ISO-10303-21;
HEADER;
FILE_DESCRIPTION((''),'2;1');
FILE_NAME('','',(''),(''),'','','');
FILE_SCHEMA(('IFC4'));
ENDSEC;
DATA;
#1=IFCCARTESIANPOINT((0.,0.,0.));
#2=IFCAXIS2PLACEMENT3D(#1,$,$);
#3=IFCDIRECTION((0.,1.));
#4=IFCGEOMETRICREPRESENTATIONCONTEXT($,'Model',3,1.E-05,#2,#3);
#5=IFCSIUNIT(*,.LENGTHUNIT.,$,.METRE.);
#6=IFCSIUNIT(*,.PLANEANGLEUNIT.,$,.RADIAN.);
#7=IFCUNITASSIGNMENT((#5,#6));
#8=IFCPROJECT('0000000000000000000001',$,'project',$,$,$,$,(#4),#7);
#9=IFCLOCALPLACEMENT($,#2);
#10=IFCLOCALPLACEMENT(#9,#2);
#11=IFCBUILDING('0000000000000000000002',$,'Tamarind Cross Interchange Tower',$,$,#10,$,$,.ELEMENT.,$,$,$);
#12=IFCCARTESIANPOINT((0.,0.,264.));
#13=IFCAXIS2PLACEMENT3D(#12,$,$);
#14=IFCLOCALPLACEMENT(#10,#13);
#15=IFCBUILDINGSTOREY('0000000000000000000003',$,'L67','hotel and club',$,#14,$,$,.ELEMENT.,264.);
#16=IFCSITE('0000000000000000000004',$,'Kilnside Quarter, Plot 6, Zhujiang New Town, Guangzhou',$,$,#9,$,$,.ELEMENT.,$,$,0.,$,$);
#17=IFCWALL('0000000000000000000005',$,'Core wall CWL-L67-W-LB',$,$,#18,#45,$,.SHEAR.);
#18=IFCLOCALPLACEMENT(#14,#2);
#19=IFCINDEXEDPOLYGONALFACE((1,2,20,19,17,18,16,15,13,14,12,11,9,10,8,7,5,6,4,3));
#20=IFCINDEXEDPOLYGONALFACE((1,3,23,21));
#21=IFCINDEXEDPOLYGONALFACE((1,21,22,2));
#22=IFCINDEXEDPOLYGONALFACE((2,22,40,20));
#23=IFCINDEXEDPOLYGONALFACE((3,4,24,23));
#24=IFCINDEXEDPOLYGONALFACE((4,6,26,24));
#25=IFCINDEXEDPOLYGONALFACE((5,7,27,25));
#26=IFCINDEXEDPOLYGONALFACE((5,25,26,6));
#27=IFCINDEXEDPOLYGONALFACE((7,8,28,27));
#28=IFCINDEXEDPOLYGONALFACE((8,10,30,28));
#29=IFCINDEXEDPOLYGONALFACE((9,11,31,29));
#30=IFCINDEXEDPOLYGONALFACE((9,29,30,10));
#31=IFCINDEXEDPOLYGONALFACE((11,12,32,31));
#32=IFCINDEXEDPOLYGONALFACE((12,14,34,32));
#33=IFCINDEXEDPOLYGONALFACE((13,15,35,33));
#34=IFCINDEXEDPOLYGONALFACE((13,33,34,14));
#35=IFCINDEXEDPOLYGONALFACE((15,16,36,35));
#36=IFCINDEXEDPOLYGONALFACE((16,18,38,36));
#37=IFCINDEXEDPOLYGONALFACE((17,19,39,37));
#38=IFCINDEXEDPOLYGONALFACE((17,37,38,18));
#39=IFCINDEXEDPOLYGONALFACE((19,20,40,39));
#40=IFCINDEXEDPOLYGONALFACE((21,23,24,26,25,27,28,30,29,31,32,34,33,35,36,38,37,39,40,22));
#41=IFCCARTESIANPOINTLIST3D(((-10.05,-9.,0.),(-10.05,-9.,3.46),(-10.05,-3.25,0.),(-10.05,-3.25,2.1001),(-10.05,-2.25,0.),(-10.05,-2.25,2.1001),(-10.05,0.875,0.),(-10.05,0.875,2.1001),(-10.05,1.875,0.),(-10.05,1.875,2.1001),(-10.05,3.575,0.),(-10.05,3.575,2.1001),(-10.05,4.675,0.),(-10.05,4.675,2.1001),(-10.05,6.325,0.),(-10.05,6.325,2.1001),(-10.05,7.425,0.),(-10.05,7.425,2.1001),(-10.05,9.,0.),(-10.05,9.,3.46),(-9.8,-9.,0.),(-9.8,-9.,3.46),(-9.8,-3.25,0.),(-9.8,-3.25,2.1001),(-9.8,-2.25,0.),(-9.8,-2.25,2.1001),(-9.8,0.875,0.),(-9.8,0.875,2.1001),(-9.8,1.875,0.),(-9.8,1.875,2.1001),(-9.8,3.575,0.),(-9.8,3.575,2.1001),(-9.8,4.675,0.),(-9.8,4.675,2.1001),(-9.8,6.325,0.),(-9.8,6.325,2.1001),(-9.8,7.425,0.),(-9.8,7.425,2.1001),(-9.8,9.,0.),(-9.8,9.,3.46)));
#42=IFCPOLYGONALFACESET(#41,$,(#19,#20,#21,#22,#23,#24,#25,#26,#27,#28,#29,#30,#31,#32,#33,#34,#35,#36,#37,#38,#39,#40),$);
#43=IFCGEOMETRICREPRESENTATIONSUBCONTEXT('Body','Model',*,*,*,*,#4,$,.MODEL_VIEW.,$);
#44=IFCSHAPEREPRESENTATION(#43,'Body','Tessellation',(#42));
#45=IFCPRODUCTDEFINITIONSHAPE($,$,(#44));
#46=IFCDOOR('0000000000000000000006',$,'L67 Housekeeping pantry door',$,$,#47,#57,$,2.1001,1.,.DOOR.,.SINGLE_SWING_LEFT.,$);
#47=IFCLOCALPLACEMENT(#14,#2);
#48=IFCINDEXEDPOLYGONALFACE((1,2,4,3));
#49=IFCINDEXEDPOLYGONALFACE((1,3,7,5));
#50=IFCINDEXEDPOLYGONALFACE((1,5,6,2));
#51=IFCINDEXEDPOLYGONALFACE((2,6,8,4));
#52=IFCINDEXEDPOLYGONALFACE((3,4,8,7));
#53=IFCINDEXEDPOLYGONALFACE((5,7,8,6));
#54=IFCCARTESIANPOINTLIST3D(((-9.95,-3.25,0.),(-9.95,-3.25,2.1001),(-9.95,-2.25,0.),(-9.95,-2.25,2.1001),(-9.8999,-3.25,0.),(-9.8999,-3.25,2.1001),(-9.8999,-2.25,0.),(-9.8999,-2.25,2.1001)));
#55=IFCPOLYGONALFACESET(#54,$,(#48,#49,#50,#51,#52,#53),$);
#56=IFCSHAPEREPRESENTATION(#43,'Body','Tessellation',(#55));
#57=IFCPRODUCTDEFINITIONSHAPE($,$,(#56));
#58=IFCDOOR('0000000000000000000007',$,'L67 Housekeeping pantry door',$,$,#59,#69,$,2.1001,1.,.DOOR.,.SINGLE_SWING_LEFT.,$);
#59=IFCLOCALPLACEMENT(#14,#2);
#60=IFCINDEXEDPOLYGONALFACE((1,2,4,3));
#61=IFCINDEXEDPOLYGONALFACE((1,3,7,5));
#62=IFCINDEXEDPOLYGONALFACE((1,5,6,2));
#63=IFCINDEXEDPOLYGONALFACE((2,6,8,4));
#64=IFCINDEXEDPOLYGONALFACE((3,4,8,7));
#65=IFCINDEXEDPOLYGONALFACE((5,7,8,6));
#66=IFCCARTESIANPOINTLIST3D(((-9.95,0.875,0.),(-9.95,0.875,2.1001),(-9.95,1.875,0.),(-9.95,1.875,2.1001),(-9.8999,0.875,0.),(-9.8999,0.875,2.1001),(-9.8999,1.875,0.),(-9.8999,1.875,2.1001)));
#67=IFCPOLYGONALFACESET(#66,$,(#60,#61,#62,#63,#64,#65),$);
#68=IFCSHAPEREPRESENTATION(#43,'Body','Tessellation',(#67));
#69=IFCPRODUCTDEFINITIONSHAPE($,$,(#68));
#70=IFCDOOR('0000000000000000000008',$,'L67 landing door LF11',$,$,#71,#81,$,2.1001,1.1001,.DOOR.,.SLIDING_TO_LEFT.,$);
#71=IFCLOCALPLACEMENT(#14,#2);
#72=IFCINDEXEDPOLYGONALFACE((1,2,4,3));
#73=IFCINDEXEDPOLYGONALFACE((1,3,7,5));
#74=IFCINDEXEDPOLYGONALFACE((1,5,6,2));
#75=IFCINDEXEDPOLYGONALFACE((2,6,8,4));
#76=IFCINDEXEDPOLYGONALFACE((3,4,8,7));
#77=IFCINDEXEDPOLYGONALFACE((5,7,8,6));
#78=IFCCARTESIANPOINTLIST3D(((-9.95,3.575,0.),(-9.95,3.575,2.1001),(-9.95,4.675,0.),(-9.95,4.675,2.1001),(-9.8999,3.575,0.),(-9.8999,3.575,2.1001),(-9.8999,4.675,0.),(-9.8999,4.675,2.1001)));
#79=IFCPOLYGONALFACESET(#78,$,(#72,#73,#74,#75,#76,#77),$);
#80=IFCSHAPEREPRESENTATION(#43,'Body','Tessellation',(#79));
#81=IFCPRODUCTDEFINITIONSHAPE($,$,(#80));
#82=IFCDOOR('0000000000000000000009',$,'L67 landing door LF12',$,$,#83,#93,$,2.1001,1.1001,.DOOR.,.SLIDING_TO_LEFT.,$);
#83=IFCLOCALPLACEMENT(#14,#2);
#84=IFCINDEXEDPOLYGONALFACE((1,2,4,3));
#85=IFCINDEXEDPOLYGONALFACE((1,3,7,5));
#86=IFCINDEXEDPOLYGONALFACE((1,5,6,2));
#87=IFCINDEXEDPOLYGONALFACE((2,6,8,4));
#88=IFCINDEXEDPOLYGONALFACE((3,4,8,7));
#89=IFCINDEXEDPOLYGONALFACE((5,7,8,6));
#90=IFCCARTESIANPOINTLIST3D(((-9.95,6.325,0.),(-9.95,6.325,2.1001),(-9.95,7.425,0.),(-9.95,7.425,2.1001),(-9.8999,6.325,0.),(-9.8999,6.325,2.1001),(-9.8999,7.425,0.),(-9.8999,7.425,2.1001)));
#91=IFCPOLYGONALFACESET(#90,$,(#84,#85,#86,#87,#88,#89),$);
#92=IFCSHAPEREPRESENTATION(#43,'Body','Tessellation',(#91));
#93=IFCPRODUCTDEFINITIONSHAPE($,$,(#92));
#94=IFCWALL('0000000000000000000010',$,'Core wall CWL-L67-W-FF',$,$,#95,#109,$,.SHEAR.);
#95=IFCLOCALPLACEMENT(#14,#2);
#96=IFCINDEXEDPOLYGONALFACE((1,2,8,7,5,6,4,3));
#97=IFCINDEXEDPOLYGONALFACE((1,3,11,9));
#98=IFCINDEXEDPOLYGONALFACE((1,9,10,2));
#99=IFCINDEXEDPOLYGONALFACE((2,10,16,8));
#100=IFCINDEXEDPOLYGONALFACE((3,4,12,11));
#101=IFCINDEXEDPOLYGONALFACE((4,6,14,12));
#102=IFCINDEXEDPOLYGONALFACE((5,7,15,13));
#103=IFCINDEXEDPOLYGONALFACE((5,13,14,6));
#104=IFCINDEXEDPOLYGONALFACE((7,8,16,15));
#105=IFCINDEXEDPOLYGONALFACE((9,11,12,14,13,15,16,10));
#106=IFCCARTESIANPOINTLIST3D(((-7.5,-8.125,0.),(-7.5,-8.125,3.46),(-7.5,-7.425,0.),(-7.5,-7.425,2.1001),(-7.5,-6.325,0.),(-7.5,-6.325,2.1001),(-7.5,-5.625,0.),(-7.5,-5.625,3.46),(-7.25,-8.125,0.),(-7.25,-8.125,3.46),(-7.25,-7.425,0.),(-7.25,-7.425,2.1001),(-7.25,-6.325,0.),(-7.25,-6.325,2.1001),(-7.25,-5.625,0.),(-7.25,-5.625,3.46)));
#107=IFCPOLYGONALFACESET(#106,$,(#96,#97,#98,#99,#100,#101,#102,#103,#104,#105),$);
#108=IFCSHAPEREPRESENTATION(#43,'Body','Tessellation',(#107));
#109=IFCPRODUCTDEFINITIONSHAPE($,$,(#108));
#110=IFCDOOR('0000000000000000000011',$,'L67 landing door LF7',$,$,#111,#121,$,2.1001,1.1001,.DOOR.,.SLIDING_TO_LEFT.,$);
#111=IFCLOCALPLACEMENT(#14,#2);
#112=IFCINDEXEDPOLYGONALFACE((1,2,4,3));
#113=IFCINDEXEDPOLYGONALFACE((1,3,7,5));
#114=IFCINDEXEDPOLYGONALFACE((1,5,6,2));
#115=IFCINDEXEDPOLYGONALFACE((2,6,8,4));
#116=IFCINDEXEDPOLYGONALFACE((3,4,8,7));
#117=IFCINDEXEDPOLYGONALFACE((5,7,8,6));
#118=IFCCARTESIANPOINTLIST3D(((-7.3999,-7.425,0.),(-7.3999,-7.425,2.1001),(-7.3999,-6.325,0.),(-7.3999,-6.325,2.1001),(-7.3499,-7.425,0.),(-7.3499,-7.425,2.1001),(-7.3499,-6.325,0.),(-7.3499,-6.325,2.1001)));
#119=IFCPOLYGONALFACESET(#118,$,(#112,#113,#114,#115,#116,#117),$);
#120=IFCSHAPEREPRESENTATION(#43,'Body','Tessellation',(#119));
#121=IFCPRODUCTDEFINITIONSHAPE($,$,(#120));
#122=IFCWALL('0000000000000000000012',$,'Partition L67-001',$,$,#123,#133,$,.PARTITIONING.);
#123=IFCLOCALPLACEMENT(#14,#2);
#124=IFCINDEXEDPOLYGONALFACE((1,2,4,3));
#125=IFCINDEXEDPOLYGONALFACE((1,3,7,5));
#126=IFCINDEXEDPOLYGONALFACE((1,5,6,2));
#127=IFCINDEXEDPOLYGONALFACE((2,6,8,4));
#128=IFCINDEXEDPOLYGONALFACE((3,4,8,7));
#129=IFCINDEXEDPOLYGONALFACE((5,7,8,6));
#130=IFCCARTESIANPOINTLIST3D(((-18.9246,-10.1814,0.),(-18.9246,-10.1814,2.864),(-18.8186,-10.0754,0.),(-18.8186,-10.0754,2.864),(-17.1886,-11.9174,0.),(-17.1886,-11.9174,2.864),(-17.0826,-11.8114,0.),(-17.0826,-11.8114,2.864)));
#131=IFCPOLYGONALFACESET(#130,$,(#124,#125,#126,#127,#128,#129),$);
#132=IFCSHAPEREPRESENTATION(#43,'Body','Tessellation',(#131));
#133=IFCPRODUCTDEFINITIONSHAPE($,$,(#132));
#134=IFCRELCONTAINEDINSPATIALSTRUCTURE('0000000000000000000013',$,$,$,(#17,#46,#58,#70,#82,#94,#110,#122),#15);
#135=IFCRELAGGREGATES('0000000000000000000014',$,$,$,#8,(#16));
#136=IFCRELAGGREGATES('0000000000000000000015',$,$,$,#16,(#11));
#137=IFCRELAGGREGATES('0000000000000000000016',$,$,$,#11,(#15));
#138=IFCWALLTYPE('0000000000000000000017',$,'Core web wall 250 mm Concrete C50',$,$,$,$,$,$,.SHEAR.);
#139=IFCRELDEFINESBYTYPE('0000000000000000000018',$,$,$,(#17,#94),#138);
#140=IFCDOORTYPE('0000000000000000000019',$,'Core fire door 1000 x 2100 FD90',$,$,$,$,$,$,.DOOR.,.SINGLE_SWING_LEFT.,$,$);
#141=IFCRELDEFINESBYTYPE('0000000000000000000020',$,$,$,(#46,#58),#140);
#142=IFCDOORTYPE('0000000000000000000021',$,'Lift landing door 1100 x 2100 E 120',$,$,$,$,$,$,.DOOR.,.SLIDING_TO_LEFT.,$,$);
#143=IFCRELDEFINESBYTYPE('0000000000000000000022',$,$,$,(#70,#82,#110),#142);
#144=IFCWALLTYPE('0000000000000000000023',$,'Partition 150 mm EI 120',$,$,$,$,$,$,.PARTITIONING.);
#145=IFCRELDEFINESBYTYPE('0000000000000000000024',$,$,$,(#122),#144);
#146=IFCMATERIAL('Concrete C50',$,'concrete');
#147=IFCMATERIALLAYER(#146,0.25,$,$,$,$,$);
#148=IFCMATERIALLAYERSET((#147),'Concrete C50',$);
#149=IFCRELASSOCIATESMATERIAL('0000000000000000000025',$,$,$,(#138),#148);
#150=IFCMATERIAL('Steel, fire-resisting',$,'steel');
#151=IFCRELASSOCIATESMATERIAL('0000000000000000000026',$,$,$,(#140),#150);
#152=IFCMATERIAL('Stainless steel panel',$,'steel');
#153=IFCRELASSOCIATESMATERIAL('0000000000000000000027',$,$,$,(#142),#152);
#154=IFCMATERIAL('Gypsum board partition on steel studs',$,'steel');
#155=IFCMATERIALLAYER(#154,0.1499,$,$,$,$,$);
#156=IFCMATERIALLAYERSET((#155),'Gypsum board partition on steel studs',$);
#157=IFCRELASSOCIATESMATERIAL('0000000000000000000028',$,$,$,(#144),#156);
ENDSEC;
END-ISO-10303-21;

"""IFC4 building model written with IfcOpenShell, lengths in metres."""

from ifc_helpers import new_model, si_unit, direction, frame, frame_2d, origin, place, context, subcontext, project, spatial, rectangle, extrude, material, layer, layer_set, type_object, element, fill, save


model = new_model("IFC4")

# Units and contexts
model_context = context("Model", 3, precision=1e-05, world=origin(), true_north=direction((0.0, 1.0)))
body_context = subcontext(model_context, "Body", "Model", "MODEL_VIEW")
ifc_project = project(units=[si_unit("LENGTHUNIT", "METRE"), si_unit("PLANEANGLEUNIT", "RADIAN")], contexts=[model_context])

# Site, building, storey
site_placement = place(None, origin())
site = spatial("IfcSite", under=ifc_project, at=site_placement, Name="Kilnside Quarter, Plot 6, Zhujiang New Town, Guangzhou", CompositionType="ELEMENT", RefElevation=0.0)
building_placement = place(site_placement, origin())
building = spatial("IfcBuilding", under=site, at=building_placement, Name="Tamarind Cross Interchange Tower", CompositionType="ELEMENT")
storey_placement = place(building_placement, frame((0.0, 0.0, 264.0)))
storey = spatial("IfcBuildingStorey", under=building, at=storey_placement, Name="L67", Description="hotel and club", CompositionType="ELEMENT", Elevation=264.0)

# Shared definitions
ifc_material_1 = material(Name="Concrete C50", Category="concrete")
ifc_material_2 = material(Name="Steel, fire-resisting", Category="steel")

# Shared definitions
ifc_layer_1 = layer(ifc_material_1, 0.25)
ifc_layer_set_1 = layer_set([ifc_layer_1], Name="Concrete C50")
wall_type_1 = type_object("IfcWallType", Name="Core web wall 250 mm Concrete C50", PredefinedType="SHEAR", material=ifc_layer_set_1)

# Wall, openings, doors
door_type_1 = type_object("IfcDoorType", Name="Core fire door 1000 x 2100 FD90", OperationType="SINGLE_SWING_LEFT", PredefinedType="DOOR", material=ifc_material_2)
ifc_material_3 = material(Name="Stainless steel panel", Category="steel")
wall_1_placement = place(storey_placement, frame((-9.925, -9.0, 0.0), z_axis=(0.0, 0.0, 1.0), x_axis=(0.0, 1.0, 0.0)))
wall_1 = element("IfcWall", 1, at=wall_1_placement, inside=storey, type_object=wall_type_1, Name="Core wall CWL-L67-W-LB", PredefinedType="SHEAR", context=body_context, shape_type="SweptSolid", body=[
    extrude(rectangle(XDim=18.0, YDim=0.25, at=frame_2d((9.0, 0.0))), origin(), (0.0, 0.0, 1.0), 3.46),
])
opening_1_placement = place(wall_1_placement, frame((12.575, 0.0, 0.0)))
opening_1 = element("IfcOpeningElement", 2, at=opening_1_placement, cuts=wall_1, PredefinedType="OPENING", context=body_context, shape_type="SweptSolid", body=[
    extrude(rectangle(XDim=1.1001, YDim=2.1001, at=frame_2d((0.55, 1.05))), frame((0.0, 0.135, 0.0), z_axis=(0.0, -1.0, 0.0), x_axis=(1.0, 0.0, 0.0)), (0.0, 0.0, 1.0), 0.27),
])
opening_2_placement = place(wall_1_placement, frame((15.325, 0.0, 0.0)))
opening_2 = element("IfcOpeningElement", 3, at=opening_2_placement, cuts=wall_1, PredefinedType="OPENING", context=body_context, shape_type="SweptSolid", body=[
    extrude(rectangle(XDim=1.1001, YDim=2.1001, at=frame_2d((0.55, 1.05))), frame((0.0, 0.135, 0.0), z_axis=(0.0, -1.0, 0.0), x_axis=(1.0, 0.0, 0.0)), (0.0, 0.0, 1.0), 0.27),
])
opening_3_placement = place(wall_1_placement, frame((5.75, 0.0, 0.0)))
opening_3 = element("IfcOpeningElement", 4, at=opening_3_placement, cuts=wall_1, PredefinedType="OPENING", context=body_context, shape_type="SweptSolid", body=[
    extrude(rectangle(XDim=1.0, YDim=2.1001, at=frame_2d((0.5, 1.05))), frame((0.0, 0.135, 0.0), z_axis=(0.0, -1.0, 0.0), x_axis=(1.0, 0.0, 0.0)), (0.0, 0.0, 1.0), 0.27),
])
opening_4_placement = place(wall_1_placement, frame((9.875, 0.0, 0.0)))
opening_4 = element("IfcOpeningElement", 5, at=opening_4_placement, cuts=wall_1, PredefinedType="OPENING", context=body_context, shape_type="SweptSolid", body=[
    extrude(rectangle(XDim=1.0, YDim=2.1001, at=frame_2d((0.5, 1.05))), frame((0.0, 0.135, 0.0), z_axis=(0.0, -1.0, 0.0), x_axis=(1.0, 0.0, 0.0)), (0.0, 0.0, 1.0), 0.27),
])
door_1_placement = place(opening_3_placement, origin())
door_1 = element("IfcDoor", 6, at=door_1_placement, inside=storey, type_object=door_type_1, Name="L67 Housekeeping pantry door", OperationType="SINGLE_SWING_LEFT", OverallHeight=2.1001, OverallWidth=1.0, PredefinedType="DOOR", context=body_context, shape_type="SweptSolid", body=[
    extrude(rectangle(XDim=1.0, YDim=2.1001, at=frame_2d((0.5, 1.05))), frame((0.0, 0.0249, 0.0), z_axis=(0.0, -1.0, 0.0), x_axis=(1.0, 0.0, 0.0)), (0.0, 0.0, 1.0), 0.05),
])
fill(opening_3, door_1)
door_2_placement = place(opening_4_placement, origin())
door_2 = element("IfcDoor", 7, at=door_2_placement, inside=storey, type_object=door_type_1, Name="L67 Housekeeping pantry door", OperationType="SINGLE_SWING_LEFT", OverallHeight=2.1001, OverallWidth=1.0, PredefinedType="DOOR", context=body_context, shape_type="SweptSolid", body=[
    extrude(rectangle(XDim=1.0, YDim=2.1001, at=frame_2d((0.5, 1.05))), frame((0.0, 0.0249, 0.0), z_axis=(0.0, -1.0, 0.0), x_axis=(1.0, 0.0, 0.0)), (0.0, 0.0, 1.0), 0.05),
])
fill(opening_4, door_2)
door_type_2 = type_object("IfcDoorType", Name="Lift landing door 1100 x 2100 E 120", OperationType="SLIDING_TO_LEFT", PredefinedType="DOOR", material=ifc_material_3)
door_3_placement = place(opening_1_placement, origin())
door_3 = element("IfcDoor", 8, at=door_3_placement, inside=storey, type_object=door_type_2, Name="L67 landing door LF11", OperationType="SLIDING_TO_LEFT", OverallHeight=2.1001, OverallWidth=1.1001, PredefinedType="DOOR", context=body_context, shape_type="SweptSolid", body=[
    extrude(rectangle(XDim=1.1001, YDim=2.1001, at=frame_2d((0.55, 1.05))), frame((0.0, 0.0249, 0.0), z_axis=(0.0, -1.0, 0.0), x_axis=(1.0, 0.0, 0.0)), (0.0, 0.0, 1.0), 0.05),
])
fill(opening_1, door_3)
door_4_placement = place(opening_2_placement, origin())
door_4 = element("IfcDoor", 9, at=door_4_placement, inside=storey, type_object=door_type_2, Name="L67 landing door LF12", OperationType="SLIDING_TO_LEFT", OverallHeight=2.1001, OverallWidth=1.1001, PredefinedType="DOOR", context=body_context, shape_type="SweptSolid", body=[
    extrude(rectangle(XDim=1.1001, YDim=2.1001, at=frame_2d((0.55, 1.05))), frame((0.0, 0.0249, 0.0), z_axis=(0.0, -1.0, 0.0), x_axis=(1.0, 0.0, 0.0)), (0.0, 0.0, 1.0), 0.05),
])
fill(opening_2, door_4)

# Wall, opening, door
wall_2_placement = place(storey_placement, frame((-7.375, -8.125, 0.0), z_axis=(0.0, 0.0, 1.0), x_axis=(0.0, 1.0, 0.0)))
wall_2 = element("IfcWall", 10, at=wall_2_placement, inside=storey, type_object=wall_type_1, Name="Core wall CWL-L67-W-FF", PredefinedType="SHEAR", context=body_context, shape_type="SweptSolid", body=[
    extrude(rectangle(XDim=2.5, YDim=0.25, at=frame_2d((1.25, 0.0))), origin(), (0.0, 0.0, 1.0), 3.46),
])
opening_5_placement = place(wall_2_placement, frame((0.7, 0.0, 0.0)))
opening_5 = element("IfcOpeningElement", 11, at=opening_5_placement, cuts=wall_2, PredefinedType="OPENING", context=body_context, shape_type="SweptSolid", body=[
    extrude(rectangle(XDim=1.1001, YDim=2.1001, at=frame_2d((0.55, 1.05))), frame((0.0, 0.135, 0.0), z_axis=(0.0, -1.0, 0.0), x_axis=(1.0, 0.0, 0.0)), (0.0, 0.0, 1.0), 0.27),
])
door_5_placement = place(opening_5_placement, origin())
door_5 = element("IfcDoor", 12, at=door_5_placement, inside=storey, type_object=door_type_2, Name="L67 landing door LF7", OperationType="SLIDING_TO_LEFT", OverallHeight=2.1001, OverallWidth=1.1001, PredefinedType="DOOR", context=body_context, shape_type="SweptSolid", body=[
    extrude(rectangle(XDim=1.1001, YDim=2.1001, at=frame_2d((0.55, 1.05))), frame((0.0, 0.0249, 0.0), z_axis=(0.0, -1.0, 0.0), x_axis=(1.0, 0.0, 0.0)), (0.0, 0.0, 1.0), 0.05),
])
fill(opening_5, door_5)

# Wall
ifc_material_4 = material(Name="Gypsum board partition on steel studs", Category="steel")
ifc_layer_2 = layer(ifc_material_4, 0.1499)
ifc_layer_set_2 = layer_set([ifc_layer_2], Name="Gypsum board partition on steel studs")
wall_type_2 = type_object("IfcWallType", Name="Partition 150 mm EI 120", PredefinedType="PARTITIONING", material=ifc_layer_set_2)
wall_3_placement = place(storey_placement, frame((-18.8716, -10.1284, 0.0), z_axis=(0.0, 0.0, 1.0), x_axis=(0.707107, -0.707107, 0.0)))
element("IfcWall", 13, at=wall_3_placement, inside=storey, type_object=wall_type_2, Name="Partition L67-001", PredefinedType="PARTITIONING", context=body_context, shape_type="SweptSolid", body=[
    extrude(rectangle(XDim=2.4551, YDim=0.1499, at=frame_2d((1.2275, 0.0))), origin(), (0.0, 0.0, 1.0), 2.864),
])

save(model, "model.ifc")
